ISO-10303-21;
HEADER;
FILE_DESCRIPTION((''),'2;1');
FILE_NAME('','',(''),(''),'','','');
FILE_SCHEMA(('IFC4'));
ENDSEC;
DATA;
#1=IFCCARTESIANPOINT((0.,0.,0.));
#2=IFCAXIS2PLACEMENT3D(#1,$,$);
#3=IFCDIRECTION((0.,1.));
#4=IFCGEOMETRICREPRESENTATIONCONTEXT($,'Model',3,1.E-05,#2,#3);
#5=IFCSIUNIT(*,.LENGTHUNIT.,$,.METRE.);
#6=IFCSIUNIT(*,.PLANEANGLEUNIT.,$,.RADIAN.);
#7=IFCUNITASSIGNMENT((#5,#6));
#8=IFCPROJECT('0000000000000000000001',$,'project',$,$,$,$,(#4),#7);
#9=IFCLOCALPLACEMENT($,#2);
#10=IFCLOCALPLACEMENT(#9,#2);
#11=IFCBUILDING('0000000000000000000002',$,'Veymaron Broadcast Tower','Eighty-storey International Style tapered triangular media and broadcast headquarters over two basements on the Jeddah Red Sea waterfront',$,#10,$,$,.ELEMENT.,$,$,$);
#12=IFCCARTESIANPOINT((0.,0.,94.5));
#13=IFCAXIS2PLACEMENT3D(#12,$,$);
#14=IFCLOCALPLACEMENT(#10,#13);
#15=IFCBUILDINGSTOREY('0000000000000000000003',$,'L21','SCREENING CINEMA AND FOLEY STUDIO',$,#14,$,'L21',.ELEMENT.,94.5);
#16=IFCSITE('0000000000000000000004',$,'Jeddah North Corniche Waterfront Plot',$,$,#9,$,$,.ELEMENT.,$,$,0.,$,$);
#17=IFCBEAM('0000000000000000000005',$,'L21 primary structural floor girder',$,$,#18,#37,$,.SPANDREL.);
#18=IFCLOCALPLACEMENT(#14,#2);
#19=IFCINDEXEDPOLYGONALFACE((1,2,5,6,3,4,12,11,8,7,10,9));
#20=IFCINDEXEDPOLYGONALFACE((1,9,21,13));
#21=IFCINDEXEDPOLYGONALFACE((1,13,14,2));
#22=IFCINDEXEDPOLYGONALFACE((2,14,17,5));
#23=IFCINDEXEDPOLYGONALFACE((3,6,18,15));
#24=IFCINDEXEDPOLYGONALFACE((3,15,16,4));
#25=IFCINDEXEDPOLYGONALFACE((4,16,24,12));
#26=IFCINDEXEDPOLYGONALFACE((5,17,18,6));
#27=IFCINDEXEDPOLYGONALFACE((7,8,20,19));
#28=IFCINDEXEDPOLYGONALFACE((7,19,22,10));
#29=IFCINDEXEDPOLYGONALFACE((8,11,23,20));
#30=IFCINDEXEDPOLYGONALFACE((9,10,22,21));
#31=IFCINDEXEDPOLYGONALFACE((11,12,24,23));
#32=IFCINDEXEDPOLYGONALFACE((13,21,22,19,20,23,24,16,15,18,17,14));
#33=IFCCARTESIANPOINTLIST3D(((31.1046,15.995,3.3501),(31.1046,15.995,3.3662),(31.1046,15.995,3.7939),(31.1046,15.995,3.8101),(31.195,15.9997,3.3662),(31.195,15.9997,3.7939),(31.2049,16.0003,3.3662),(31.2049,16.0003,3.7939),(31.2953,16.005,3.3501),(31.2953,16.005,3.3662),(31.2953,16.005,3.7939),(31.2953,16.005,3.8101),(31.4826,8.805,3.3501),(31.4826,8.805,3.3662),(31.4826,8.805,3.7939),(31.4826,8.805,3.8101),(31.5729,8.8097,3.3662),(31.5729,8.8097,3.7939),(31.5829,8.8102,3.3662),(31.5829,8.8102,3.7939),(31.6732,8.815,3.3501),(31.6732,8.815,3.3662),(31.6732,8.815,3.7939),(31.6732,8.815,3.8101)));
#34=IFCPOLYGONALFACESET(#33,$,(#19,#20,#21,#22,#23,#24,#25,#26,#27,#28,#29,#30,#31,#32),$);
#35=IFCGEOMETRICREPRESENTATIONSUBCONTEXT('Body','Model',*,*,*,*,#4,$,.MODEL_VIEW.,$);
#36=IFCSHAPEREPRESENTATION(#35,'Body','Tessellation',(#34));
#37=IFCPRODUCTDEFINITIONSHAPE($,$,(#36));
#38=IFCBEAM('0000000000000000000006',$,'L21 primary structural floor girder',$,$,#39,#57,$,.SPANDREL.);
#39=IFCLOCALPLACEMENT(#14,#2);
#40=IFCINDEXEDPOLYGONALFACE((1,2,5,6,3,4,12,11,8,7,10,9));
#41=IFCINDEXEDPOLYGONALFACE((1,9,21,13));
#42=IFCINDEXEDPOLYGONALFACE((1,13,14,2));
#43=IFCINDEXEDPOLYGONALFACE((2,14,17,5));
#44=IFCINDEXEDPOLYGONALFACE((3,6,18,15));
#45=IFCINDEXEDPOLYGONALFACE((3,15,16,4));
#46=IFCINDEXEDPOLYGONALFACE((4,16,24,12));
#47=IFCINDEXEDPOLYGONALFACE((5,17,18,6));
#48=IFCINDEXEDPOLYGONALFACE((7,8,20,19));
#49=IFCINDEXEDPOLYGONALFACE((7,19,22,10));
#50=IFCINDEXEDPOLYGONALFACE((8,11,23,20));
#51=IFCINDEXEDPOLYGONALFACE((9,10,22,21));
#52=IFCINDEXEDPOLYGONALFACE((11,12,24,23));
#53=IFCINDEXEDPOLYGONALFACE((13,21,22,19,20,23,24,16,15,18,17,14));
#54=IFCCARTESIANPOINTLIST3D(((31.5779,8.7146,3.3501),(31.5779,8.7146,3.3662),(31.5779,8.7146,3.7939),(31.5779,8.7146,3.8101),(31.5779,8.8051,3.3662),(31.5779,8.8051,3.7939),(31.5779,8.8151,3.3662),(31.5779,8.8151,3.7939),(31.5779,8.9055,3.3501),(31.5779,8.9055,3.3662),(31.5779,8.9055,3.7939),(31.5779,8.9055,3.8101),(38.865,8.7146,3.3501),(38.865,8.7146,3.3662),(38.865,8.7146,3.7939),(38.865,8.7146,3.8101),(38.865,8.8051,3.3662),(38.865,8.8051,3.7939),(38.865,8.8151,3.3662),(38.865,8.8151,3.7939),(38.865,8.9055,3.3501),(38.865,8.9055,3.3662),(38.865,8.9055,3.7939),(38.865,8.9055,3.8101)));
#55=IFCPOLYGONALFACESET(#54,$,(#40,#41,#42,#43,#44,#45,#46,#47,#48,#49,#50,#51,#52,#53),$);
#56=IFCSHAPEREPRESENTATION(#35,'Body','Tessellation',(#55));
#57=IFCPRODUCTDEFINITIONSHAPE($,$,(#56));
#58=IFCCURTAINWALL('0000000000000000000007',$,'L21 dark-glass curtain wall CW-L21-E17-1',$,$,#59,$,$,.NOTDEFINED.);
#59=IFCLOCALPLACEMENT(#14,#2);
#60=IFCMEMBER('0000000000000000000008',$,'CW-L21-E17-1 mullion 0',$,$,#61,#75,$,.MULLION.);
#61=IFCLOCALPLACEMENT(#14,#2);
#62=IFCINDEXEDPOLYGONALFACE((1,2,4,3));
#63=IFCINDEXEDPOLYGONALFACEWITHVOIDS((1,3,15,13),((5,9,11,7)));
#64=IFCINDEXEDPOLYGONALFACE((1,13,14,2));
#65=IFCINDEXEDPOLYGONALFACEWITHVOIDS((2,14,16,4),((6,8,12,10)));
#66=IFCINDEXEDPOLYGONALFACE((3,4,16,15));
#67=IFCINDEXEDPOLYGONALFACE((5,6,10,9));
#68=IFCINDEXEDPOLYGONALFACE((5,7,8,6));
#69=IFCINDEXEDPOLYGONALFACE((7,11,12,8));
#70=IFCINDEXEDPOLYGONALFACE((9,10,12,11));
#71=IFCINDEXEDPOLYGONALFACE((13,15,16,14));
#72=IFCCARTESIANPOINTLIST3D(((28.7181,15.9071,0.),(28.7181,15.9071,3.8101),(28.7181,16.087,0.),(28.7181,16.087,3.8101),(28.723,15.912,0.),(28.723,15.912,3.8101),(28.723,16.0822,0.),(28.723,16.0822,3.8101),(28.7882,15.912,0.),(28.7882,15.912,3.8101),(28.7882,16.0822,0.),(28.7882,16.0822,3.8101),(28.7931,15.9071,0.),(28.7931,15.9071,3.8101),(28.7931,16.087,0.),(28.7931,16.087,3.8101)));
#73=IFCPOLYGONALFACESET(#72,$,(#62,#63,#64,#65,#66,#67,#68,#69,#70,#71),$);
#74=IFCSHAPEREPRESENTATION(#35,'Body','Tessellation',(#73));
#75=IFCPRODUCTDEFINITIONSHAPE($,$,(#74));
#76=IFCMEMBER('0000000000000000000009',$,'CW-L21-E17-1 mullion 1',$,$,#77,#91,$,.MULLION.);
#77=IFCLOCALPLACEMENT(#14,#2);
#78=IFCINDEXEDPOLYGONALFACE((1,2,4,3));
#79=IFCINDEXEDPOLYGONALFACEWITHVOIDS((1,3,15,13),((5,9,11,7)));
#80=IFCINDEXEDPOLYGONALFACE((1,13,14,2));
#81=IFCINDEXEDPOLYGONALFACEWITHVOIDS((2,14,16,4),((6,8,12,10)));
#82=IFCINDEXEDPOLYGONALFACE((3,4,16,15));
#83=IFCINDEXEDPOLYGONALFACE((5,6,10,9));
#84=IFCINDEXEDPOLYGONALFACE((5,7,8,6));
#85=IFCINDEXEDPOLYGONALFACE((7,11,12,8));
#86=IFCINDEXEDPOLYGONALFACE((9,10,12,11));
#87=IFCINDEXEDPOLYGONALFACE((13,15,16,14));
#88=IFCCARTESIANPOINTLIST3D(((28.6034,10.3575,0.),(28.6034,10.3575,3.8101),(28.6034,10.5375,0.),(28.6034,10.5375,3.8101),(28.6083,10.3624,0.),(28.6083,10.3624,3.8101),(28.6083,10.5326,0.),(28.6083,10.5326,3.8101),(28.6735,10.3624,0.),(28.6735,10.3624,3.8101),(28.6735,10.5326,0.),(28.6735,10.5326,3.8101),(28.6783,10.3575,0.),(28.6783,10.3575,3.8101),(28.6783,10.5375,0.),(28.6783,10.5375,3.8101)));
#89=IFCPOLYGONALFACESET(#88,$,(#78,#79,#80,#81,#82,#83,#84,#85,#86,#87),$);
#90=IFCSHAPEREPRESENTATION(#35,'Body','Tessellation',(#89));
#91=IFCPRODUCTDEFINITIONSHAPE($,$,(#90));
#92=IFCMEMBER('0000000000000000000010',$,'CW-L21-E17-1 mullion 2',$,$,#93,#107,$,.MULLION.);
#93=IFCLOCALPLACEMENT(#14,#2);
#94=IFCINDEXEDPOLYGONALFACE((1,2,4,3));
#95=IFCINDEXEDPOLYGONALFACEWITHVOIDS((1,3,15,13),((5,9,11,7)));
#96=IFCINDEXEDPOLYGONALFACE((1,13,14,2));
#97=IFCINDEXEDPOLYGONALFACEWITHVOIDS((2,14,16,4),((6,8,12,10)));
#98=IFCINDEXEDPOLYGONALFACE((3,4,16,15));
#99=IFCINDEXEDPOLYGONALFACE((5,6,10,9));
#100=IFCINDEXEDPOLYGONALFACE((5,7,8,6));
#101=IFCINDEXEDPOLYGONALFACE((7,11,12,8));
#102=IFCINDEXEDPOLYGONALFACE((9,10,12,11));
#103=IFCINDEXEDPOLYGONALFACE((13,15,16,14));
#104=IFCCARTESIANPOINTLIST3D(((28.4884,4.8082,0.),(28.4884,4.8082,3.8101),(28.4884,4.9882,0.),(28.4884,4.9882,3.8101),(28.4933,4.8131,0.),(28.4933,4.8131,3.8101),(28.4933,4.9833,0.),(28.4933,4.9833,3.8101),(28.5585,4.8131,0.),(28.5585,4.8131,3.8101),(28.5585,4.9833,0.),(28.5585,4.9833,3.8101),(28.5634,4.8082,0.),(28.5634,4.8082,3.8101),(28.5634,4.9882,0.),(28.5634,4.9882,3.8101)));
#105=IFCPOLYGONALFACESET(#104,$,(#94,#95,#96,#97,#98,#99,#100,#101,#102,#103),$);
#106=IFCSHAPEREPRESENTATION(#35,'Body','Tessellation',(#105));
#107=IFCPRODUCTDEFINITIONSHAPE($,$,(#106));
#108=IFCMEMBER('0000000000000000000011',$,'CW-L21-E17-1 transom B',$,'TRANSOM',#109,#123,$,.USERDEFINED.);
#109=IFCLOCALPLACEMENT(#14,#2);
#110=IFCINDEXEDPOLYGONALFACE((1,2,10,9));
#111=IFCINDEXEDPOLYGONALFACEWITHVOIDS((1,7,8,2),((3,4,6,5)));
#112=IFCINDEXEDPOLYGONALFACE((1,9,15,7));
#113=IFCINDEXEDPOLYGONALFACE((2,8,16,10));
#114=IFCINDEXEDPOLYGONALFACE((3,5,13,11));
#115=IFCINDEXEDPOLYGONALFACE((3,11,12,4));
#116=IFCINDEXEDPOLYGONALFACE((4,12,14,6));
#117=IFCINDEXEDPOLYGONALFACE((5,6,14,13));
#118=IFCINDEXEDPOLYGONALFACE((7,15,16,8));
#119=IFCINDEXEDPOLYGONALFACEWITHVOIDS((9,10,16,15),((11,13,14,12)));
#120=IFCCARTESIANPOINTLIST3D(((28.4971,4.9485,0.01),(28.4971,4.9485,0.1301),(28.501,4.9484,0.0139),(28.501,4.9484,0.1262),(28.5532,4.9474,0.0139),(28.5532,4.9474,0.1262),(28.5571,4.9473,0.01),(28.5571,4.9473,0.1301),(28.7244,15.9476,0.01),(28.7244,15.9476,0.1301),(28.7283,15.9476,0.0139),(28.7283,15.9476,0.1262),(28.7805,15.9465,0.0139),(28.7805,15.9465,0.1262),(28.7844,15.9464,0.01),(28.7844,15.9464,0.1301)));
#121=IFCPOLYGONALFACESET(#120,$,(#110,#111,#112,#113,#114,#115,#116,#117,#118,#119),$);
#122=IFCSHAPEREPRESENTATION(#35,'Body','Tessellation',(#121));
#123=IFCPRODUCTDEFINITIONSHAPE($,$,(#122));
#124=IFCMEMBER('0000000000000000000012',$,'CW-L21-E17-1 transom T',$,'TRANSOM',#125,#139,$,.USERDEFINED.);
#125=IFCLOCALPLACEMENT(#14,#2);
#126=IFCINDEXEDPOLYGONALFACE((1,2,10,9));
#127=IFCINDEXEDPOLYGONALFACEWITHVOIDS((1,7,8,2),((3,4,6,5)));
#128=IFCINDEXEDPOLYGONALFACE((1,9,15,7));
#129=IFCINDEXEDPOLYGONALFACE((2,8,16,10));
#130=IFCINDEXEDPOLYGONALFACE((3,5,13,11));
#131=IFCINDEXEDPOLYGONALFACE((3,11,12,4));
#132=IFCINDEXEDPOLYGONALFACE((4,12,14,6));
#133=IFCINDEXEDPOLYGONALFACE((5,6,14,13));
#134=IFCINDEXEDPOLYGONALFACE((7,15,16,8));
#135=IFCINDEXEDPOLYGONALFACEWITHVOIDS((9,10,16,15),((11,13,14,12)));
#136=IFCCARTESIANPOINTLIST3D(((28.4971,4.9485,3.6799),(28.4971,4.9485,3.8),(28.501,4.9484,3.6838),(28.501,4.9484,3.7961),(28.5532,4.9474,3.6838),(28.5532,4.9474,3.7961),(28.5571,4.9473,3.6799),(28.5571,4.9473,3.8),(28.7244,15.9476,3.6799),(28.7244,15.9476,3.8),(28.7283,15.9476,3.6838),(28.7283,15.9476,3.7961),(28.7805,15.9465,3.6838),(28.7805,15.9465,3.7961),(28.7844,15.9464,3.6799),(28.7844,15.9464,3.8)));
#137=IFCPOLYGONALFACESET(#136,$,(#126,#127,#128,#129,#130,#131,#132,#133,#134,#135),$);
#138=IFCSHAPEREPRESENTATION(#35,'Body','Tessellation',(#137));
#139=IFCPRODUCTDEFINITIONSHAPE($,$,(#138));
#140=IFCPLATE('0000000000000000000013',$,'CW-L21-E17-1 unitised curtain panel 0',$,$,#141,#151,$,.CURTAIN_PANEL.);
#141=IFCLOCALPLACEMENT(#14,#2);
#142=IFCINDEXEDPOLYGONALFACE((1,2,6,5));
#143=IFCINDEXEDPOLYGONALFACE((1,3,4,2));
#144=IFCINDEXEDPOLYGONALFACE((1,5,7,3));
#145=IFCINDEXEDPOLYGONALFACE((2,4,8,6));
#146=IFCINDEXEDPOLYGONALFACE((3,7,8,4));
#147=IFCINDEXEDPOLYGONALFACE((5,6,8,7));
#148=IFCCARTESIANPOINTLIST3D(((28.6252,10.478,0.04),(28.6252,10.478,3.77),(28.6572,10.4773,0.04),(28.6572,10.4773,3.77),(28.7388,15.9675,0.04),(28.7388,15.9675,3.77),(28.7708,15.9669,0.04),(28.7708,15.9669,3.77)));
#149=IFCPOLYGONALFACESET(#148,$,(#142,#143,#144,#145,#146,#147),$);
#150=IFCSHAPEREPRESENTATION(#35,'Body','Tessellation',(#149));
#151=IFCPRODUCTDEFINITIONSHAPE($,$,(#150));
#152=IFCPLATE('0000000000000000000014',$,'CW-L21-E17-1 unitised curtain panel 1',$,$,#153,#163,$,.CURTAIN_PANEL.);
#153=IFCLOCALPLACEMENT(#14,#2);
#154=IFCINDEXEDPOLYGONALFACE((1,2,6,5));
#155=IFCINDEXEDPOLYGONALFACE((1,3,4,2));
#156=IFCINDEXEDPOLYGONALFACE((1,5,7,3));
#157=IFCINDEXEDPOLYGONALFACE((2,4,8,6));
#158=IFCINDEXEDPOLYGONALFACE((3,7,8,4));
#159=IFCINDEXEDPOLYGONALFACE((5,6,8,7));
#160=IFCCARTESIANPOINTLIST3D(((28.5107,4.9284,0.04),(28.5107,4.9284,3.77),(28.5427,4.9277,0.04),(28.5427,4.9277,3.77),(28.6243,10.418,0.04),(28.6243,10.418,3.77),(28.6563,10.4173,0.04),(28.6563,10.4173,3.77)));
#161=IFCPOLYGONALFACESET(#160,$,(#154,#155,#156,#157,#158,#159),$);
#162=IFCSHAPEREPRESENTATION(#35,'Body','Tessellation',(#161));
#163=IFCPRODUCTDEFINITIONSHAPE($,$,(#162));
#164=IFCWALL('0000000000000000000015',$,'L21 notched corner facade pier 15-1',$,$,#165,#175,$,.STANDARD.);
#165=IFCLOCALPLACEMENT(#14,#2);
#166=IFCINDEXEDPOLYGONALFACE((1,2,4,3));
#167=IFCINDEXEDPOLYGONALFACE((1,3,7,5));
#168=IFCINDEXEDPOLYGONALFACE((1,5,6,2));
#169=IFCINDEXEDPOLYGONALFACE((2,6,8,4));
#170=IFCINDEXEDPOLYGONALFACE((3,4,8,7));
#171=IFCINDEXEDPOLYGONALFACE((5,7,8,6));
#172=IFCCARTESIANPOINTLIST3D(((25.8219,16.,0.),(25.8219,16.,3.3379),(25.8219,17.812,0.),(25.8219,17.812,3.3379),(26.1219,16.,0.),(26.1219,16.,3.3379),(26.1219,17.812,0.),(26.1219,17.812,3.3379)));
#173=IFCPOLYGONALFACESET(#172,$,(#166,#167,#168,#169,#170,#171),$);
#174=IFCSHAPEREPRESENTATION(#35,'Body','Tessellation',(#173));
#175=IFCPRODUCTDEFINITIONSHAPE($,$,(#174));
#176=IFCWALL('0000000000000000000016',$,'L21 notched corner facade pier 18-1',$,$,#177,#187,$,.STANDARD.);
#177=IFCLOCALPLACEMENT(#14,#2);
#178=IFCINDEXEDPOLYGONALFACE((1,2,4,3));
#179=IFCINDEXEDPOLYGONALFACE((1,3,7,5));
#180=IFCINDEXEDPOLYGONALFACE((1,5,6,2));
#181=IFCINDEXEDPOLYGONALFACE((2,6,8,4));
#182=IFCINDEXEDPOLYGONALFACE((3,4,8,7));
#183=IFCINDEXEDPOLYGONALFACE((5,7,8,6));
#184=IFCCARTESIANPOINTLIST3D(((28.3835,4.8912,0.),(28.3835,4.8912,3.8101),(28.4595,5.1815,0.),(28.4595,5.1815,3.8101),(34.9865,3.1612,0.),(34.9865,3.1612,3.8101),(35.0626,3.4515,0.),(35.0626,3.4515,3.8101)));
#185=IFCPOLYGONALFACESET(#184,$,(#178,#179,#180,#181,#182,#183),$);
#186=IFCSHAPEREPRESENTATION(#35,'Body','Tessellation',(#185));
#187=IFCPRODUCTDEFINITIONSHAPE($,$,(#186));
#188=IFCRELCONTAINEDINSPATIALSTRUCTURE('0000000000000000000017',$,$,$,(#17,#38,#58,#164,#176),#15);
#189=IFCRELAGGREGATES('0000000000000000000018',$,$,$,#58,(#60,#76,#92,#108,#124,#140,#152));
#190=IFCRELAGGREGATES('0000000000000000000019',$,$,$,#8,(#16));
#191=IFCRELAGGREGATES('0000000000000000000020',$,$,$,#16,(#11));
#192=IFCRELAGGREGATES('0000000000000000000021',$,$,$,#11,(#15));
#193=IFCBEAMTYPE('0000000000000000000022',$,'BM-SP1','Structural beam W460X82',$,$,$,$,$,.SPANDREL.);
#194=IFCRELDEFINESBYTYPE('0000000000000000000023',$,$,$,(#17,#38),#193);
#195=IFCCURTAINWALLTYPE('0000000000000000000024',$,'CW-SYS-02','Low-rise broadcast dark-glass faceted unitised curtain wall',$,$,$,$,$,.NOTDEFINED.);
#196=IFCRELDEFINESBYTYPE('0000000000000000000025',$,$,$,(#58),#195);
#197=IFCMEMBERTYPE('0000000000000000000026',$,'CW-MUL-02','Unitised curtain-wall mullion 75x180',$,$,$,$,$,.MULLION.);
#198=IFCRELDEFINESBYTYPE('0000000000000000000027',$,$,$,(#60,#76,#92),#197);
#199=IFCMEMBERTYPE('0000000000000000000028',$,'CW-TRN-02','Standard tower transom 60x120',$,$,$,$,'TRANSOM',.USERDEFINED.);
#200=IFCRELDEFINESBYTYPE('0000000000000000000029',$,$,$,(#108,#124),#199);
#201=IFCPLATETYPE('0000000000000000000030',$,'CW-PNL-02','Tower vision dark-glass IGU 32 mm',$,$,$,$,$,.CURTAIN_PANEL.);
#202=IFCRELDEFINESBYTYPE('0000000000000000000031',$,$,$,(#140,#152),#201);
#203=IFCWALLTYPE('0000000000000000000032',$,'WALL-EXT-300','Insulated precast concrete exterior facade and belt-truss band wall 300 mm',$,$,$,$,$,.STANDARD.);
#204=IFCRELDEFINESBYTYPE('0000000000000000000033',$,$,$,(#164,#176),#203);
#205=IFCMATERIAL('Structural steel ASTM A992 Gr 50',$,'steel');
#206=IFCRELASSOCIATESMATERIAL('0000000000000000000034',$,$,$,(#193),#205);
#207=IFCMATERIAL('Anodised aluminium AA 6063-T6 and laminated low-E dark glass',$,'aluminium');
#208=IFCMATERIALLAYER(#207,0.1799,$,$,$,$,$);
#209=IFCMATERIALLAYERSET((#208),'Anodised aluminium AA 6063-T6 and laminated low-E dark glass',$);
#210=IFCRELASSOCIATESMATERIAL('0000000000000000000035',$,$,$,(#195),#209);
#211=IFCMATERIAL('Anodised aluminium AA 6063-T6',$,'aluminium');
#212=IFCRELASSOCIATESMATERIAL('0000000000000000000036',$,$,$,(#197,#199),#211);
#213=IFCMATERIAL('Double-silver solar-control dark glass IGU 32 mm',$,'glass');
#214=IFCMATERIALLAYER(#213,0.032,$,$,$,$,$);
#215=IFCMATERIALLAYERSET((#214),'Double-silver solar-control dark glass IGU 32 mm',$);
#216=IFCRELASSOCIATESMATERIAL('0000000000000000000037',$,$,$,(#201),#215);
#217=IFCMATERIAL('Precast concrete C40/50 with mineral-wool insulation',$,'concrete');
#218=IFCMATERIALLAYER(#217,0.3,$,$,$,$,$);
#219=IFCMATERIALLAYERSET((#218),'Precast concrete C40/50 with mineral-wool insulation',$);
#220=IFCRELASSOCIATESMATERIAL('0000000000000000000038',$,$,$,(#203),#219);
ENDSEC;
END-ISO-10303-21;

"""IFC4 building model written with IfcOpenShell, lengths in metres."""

from ifc_helpers import new_model, si_unit, direction, frame, frame_2d, origin, origin_2d, place, context, subcontext, project, spatial, rectangle, hollow_rectangle, i_section, extrude, material, layer, layer_set, material_profile, profile_set, type_object, element, aggregate, save


model = new_model("IFC4")

# Units and contexts
model_context = context("Model", 3, precision=1e-05, world=origin(), true_north=direction((0.0, 1.0)))
body_context = subcontext(model_context, "Body", "Model", "MODEL_VIEW")
ifc_project = project(units=[si_unit("LENGTHUNIT", "METRE"), si_unit("PLANEANGLEUNIT", "RADIAN")], contexts=[model_context])

# Site, building, storey
site_placement = place(None, origin())
site = spatial("IfcSite", under=ifc_project, at=site_placement, Name="Jeddah North Corniche Waterfront Plot", CompositionType="ELEMENT", RefElevation=0.0)
building_placement = place(site_placement, origin())
building = spatial("IfcBuilding", under=site, at=building_placement, Name="Veymaron Broadcast Tower", Description="Eighty-storey International Style tapered triangular media and broadcast headquarters over two basements on the Jeddah Red Sea waterfront", CompositionType="ELEMENT")
storey_placement = place(building_placement, frame((0.0, 0.0, 94.5)))
storey = spatial("IfcBuildingStorey", under=building, at=storey_placement, Name="L21", Description="SCREENING CINEMA AND FOLEY STUDIO", LongName="L21", CompositionType="ELEMENT", Elevation=94.5)

# Beams
ifc_material_1 = material(Name="Structural steel ASTM A992 Gr 50", Category="steel")
ifc_material_profile_1 = material_profile(ifc_material_1, i_section(OverallWidth=0.1909, OverallDepth=0.46, WebThickness=0.01, FlangeThickness=0.0161, at=origin_2d()), Name="W460X82")
ifc_profile_set_1 = profile_set([ifc_material_profile_1], Name="Structural steel ASTM A992 Gr 50")
beam_type_1 = type_object("IfcBeamType", Name="BM-SP1", Description="Structural beam W460X82", PredefinedType="SPANDREL", material=ifc_profile_set_1)
beam_1_placement = place(storey_placement, frame((31.2, 16.0, 3.5801), z_axis=(0.052491, -0.998621, 0.0), x_axis=(0.998621, 0.052491, 0.0)))
element("IfcBeam", 1, at=beam_1_placement, inside=storey, type_object=beam_type_1, Name="L21 primary structural floor girder", PredefinedType="SPANDREL", context=body_context, shape_type="SweptSolid", body=[
    extrude(i_section(OverallWidth=0.1909, OverallDepth=0.46, WebThickness=0.01, FlangeThickness=0.0161, at=origin_2d()), origin(), (0.0, 0.0, 1.0), 7.2),
])
beam_2_placement = place(storey_placement, frame((31.5779, 8.8101, 3.5801), z_axis=(1.0, 0.0, 0.0), x_axis=(0.0, 1.0, 0.0)))
element("IfcBeam", 2, at=beam_2_placement, inside=storey, type_object=beam_type_1, Name="L21 primary structural floor girder", PredefinedType="SPANDREL", context=body_context, shape_type="SweptSolid", body=[
    extrude(i_section(OverallWidth=0.1909, OverallDepth=0.46, WebThickness=0.01, FlangeThickness=0.0161, at=origin_2d()), origin(), (0.0, 0.0, 1.0), 7.2871),
])

# Curtain wall, members, plates
ifc_material_2 = material(Name="Anodised aluminium AA 6063-T6 and laminated low-E dark glass", Category="aluminium")
ifc_layer_1 = layer(ifc_material_2, 0.1799)
ifc_layer_set_1 = layer_set([ifc_layer_1], Name="Anodised aluminium AA 6063-T6 and laminated low-E dark glass")
curtain_wall_type = type_object("IfcCurtainWallType", Name="CW-SYS-02", Description="Low-rise broadcast dark-glass faceted unitised curtain wall", PredefinedType="NOTDEFINED", material=ifc_layer_set_1)
curtain_wall_placement = place(storey_placement, origin())
curtain_wall = element("IfcCurtainWall", 3, at=curtain_wall_placement, inside=storey, type_object=curtain_wall_type, Name="L21 dark-glass curtain wall CW-L21-E17-1", PredefinedType="NOTDEFINED")
ifc_material_3 = material(Name="Anodised aluminium AA 6063-T6", Category="aluminium")
ifc_material_profile_2 = material_profile(ifc_material_3, hollow_rectangle(XDim=0.075, YDim=0.1799, WallThickness=0.0049, at=origin_2d()), Name="AL180X75X5")
ifc_profile_set_2 = profile_set([ifc_material_profile_2], Name="Anodised aluminium AA 6063-T6")
member_type_1 = type_object("IfcMemberType", Name="CW-MUL-02", Description="Unitised curtain-wall mullion 75x180", PredefinedType="MULLION", material=ifc_profile_set_2)
member_1_placement = place(storey_placement, frame((28.7556, 15.9971, 0.0), z_axis=(0.0, 0.0, 1.0), x_axis=(1.0, 0.0, 0.0)))
member_1 = element("IfcMember", 4, at=member_1_placement, type_object=member_type_1, Name="CW-L21-E17-1 mullion 0", PredefinedType="MULLION", context=body_context, shape_type="SweptSolid", body=[
    extrude(hollow_rectangle(XDim=0.075, YDim=0.1799, WallThickness=0.0049, at=origin_2d()), origin(), (0.0, 0.0, 1.0), 3.8101),
])
member_2_placement = place(storey_placement, frame((28.6409, 10.4475, 0.0), z_axis=(0.0, 0.0, 1.0), x_axis=(1.0, 0.0, 0.0)))
member_2 = element("IfcMember", 5, at=member_2_placement, type_object=member_type_1, Name="CW-L21-E17-1 mullion 1", PredefinedType="MULLION", context=body_context, shape_type="SweptSolid", body=[
    extrude(hollow_rectangle(XDim=0.075, YDim=0.1799, WallThickness=0.0049, at=origin_2d()), origin(), (0.0, 0.0, 1.0), 3.8101),
])
member_3_placement = place(storey_placement, frame((28.5259, 4.8982, 0.0), z_axis=(0.0, 0.0, 1.0), x_axis=(1.0, 0.0, 0.0)))
member_3 = element("IfcMember", 6, at=member_3_placement, type_object=member_type_1, Name="CW-L21-E17-1 mullion 2", PredefinedType="MULLION", context=body_context, shape_type="SweptSolid", body=[
    extrude(hollow_rectangle(XDim=0.075, YDim=0.1799, WallThickness=0.0049, at=origin_2d()), origin(), (0.0, 0.0, 1.0), 3.8101),
])
ifc_material_profile_3 = material_profile(ifc_material_3, hollow_rectangle(XDim=0.0601, YDim=0.1201, WallThickness=0.0039, at=origin_2d()), Name="AL120X60X4")
ifc_profile_set_3 = profile_set([ifc_material_profile_3], Name="Anodised aluminium AA 6063-T6")
member_type_2 = type_object("IfcMemberType", Name="CW-TRN-02", Description="Standard tower transom 60x120", ElementType="TRANSOM", PredefinedType="USERDEFINED", material=ifc_profile_set_3)
member_4_placement = place(storey_placement, frame((28.7544, 15.947, 0.0701), z_axis=(-0.020661, -0.999787, 0.0), x_axis=(0.999787, -0.020661, 0.0)))
member_4 = element("IfcMember", 7, at=member_4_placement, type_object=member_type_2, Name="CW-L21-E17-1 transom B", ObjectType="TRANSOM", PredefinedType="USERDEFINED", context=body_context, shape_type="SweptSolid", body=[
    extrude(hollow_rectangle(XDim=0.0601, YDim=0.1201, WallThickness=0.0039, at=origin_2d()), origin(), (0.0, 0.0, 1.0), 11.0015),
])
member_5_placement = place(storey_placement, frame((28.7544, 15.947, 3.74), z_axis=(-0.020661, -0.999787, 0.0), x_axis=(0.999787, -0.020661, 0.0)))
member_5 = element("IfcMember", 8, at=member_5_placement, type_object=member_type_2, Name="CW-L21-E17-1 transom T", ObjectType="TRANSOM", PredefinedType="USERDEFINED", context=body_context, shape_type="SweptSolid", body=[
    extrude(hollow_rectangle(XDim=0.0601, YDim=0.1201, WallThickness=0.0039, at=origin_2d()), origin(), (0.0, 0.0, 1.0), 11.0015),
])
ifc_material_4 = material(Name="Double-silver solar-control dark glass IGU 32 mm", Category="glass")
ifc_layer_2 = layer(ifc_material_4, 0.032)
ifc_layer_set_2 = layer_set([ifc_layer_2], Name="Double-silver solar-control dark glass IGU 32 mm")
plate_type = type_object("IfcPlateType", Name="CW-PNL-02", Description="Tower vision dark-glass IGU 32 mm", PredefinedType="CURTAIN_PANEL", material=ifc_layer_set_2)
plate_1_placement = place(storey_placement, frame((28.698, 13.2224, 0.04), z_axis=(0.0, 0.0, 1.0), x_axis=(-0.020681, -0.999786, 0.0)))
plate_1 = element("IfcPlate", 9, at=plate_1_placement, type_object=plate_type, Name="CW-L21-E17-1 unitised curtain panel 0", PredefinedType="CURTAIN_PANEL", context=body_context, shape_type="SweptSolid", body=[
    extrude(rectangle(XDim=5.4907, YDim=0.032, at=origin_2d()), origin(), (0.0, 0.0, 1.0), 3.73),
])
plate_2_placement = place(storey_placement, frame((28.5835, 7.6729, 0.04), z_axis=(0.0, 0.0, 1.0), x_axis=(-0.020681, -0.999786, 0.0)))
plate_2 = element("IfcPlate", 10, at=plate_2_placement, type_object=plate_type, Name="CW-L21-E17-1 unitised curtain panel 1", PredefinedType="CURTAIN_PANEL", context=body_context, shape_type="SweptSolid", body=[
    extrude(rectangle(XDim=5.4907, YDim=0.032, at=origin_2d()), origin(), (0.0, 0.0, 1.0), 3.73),
])
aggregate(curtain_wall, [member_1, member_2, member_3, member_4, member_5, plate_1, plate_2])

# Walls
ifc_material_5 = material(Name="Precast concrete C40/50 with mineral-wool insulation", Category="concrete")
ifc_layer_3 = layer(ifc_material_5, 0.3)
ifc_layer_set_3 = layer_set([ifc_layer_3], Name="Precast concrete C40/50 with mineral-wool insulation")
wall_type_1 = type_object("IfcWallType", Name="WALL-EXT-300", Description="Insulated precast concrete exterior facade and belt-truss band wall 300 mm", PredefinedType="STANDARD", material=ifc_layer_set_3)
wall_1_placement = place(storey_placement, frame((25.9719, 17.812, 0.0), z_axis=(0.0, 0.0, 1.0), x_axis=(0.0, -1.0, 0.0)))
element("IfcWall", 11, at=wall_1_placement, inside=storey, type_object=wall_type_1, Name="L21 notched corner facade pier 15-1", PredefinedType="STANDARD", context=body_context, shape_type="SweptSolid", body=[
    extrude(rectangle(XDim=1.812, YDim=0.3, at=frame_2d((0.906, 0.0))), origin(), (0.0, 0.0, 1.0), 3.3379),
])
wall_2_placement = place(storey_placement, frame((28.4214, 5.0364, 0.0), z_axis=(0.0, 0.0, 1.0), x_axis=(0.96735, -0.253444, 0.0)))
element("IfcWall", 12, at=wall_2_placement, inside=storey, type_object=wall_type_1, Name="L21 notched corner facade pier 18-1", PredefinedType="STANDARD", context=body_context, shape_type="SweptSolid", body=[
    extrude(rectangle(XDim=6.8259, YDim=0.3, at=frame_2d((3.4131, 0.0))), origin(), (0.0, 0.0, 1.0), 3.8101),
])

save(model, "model.ifc")
